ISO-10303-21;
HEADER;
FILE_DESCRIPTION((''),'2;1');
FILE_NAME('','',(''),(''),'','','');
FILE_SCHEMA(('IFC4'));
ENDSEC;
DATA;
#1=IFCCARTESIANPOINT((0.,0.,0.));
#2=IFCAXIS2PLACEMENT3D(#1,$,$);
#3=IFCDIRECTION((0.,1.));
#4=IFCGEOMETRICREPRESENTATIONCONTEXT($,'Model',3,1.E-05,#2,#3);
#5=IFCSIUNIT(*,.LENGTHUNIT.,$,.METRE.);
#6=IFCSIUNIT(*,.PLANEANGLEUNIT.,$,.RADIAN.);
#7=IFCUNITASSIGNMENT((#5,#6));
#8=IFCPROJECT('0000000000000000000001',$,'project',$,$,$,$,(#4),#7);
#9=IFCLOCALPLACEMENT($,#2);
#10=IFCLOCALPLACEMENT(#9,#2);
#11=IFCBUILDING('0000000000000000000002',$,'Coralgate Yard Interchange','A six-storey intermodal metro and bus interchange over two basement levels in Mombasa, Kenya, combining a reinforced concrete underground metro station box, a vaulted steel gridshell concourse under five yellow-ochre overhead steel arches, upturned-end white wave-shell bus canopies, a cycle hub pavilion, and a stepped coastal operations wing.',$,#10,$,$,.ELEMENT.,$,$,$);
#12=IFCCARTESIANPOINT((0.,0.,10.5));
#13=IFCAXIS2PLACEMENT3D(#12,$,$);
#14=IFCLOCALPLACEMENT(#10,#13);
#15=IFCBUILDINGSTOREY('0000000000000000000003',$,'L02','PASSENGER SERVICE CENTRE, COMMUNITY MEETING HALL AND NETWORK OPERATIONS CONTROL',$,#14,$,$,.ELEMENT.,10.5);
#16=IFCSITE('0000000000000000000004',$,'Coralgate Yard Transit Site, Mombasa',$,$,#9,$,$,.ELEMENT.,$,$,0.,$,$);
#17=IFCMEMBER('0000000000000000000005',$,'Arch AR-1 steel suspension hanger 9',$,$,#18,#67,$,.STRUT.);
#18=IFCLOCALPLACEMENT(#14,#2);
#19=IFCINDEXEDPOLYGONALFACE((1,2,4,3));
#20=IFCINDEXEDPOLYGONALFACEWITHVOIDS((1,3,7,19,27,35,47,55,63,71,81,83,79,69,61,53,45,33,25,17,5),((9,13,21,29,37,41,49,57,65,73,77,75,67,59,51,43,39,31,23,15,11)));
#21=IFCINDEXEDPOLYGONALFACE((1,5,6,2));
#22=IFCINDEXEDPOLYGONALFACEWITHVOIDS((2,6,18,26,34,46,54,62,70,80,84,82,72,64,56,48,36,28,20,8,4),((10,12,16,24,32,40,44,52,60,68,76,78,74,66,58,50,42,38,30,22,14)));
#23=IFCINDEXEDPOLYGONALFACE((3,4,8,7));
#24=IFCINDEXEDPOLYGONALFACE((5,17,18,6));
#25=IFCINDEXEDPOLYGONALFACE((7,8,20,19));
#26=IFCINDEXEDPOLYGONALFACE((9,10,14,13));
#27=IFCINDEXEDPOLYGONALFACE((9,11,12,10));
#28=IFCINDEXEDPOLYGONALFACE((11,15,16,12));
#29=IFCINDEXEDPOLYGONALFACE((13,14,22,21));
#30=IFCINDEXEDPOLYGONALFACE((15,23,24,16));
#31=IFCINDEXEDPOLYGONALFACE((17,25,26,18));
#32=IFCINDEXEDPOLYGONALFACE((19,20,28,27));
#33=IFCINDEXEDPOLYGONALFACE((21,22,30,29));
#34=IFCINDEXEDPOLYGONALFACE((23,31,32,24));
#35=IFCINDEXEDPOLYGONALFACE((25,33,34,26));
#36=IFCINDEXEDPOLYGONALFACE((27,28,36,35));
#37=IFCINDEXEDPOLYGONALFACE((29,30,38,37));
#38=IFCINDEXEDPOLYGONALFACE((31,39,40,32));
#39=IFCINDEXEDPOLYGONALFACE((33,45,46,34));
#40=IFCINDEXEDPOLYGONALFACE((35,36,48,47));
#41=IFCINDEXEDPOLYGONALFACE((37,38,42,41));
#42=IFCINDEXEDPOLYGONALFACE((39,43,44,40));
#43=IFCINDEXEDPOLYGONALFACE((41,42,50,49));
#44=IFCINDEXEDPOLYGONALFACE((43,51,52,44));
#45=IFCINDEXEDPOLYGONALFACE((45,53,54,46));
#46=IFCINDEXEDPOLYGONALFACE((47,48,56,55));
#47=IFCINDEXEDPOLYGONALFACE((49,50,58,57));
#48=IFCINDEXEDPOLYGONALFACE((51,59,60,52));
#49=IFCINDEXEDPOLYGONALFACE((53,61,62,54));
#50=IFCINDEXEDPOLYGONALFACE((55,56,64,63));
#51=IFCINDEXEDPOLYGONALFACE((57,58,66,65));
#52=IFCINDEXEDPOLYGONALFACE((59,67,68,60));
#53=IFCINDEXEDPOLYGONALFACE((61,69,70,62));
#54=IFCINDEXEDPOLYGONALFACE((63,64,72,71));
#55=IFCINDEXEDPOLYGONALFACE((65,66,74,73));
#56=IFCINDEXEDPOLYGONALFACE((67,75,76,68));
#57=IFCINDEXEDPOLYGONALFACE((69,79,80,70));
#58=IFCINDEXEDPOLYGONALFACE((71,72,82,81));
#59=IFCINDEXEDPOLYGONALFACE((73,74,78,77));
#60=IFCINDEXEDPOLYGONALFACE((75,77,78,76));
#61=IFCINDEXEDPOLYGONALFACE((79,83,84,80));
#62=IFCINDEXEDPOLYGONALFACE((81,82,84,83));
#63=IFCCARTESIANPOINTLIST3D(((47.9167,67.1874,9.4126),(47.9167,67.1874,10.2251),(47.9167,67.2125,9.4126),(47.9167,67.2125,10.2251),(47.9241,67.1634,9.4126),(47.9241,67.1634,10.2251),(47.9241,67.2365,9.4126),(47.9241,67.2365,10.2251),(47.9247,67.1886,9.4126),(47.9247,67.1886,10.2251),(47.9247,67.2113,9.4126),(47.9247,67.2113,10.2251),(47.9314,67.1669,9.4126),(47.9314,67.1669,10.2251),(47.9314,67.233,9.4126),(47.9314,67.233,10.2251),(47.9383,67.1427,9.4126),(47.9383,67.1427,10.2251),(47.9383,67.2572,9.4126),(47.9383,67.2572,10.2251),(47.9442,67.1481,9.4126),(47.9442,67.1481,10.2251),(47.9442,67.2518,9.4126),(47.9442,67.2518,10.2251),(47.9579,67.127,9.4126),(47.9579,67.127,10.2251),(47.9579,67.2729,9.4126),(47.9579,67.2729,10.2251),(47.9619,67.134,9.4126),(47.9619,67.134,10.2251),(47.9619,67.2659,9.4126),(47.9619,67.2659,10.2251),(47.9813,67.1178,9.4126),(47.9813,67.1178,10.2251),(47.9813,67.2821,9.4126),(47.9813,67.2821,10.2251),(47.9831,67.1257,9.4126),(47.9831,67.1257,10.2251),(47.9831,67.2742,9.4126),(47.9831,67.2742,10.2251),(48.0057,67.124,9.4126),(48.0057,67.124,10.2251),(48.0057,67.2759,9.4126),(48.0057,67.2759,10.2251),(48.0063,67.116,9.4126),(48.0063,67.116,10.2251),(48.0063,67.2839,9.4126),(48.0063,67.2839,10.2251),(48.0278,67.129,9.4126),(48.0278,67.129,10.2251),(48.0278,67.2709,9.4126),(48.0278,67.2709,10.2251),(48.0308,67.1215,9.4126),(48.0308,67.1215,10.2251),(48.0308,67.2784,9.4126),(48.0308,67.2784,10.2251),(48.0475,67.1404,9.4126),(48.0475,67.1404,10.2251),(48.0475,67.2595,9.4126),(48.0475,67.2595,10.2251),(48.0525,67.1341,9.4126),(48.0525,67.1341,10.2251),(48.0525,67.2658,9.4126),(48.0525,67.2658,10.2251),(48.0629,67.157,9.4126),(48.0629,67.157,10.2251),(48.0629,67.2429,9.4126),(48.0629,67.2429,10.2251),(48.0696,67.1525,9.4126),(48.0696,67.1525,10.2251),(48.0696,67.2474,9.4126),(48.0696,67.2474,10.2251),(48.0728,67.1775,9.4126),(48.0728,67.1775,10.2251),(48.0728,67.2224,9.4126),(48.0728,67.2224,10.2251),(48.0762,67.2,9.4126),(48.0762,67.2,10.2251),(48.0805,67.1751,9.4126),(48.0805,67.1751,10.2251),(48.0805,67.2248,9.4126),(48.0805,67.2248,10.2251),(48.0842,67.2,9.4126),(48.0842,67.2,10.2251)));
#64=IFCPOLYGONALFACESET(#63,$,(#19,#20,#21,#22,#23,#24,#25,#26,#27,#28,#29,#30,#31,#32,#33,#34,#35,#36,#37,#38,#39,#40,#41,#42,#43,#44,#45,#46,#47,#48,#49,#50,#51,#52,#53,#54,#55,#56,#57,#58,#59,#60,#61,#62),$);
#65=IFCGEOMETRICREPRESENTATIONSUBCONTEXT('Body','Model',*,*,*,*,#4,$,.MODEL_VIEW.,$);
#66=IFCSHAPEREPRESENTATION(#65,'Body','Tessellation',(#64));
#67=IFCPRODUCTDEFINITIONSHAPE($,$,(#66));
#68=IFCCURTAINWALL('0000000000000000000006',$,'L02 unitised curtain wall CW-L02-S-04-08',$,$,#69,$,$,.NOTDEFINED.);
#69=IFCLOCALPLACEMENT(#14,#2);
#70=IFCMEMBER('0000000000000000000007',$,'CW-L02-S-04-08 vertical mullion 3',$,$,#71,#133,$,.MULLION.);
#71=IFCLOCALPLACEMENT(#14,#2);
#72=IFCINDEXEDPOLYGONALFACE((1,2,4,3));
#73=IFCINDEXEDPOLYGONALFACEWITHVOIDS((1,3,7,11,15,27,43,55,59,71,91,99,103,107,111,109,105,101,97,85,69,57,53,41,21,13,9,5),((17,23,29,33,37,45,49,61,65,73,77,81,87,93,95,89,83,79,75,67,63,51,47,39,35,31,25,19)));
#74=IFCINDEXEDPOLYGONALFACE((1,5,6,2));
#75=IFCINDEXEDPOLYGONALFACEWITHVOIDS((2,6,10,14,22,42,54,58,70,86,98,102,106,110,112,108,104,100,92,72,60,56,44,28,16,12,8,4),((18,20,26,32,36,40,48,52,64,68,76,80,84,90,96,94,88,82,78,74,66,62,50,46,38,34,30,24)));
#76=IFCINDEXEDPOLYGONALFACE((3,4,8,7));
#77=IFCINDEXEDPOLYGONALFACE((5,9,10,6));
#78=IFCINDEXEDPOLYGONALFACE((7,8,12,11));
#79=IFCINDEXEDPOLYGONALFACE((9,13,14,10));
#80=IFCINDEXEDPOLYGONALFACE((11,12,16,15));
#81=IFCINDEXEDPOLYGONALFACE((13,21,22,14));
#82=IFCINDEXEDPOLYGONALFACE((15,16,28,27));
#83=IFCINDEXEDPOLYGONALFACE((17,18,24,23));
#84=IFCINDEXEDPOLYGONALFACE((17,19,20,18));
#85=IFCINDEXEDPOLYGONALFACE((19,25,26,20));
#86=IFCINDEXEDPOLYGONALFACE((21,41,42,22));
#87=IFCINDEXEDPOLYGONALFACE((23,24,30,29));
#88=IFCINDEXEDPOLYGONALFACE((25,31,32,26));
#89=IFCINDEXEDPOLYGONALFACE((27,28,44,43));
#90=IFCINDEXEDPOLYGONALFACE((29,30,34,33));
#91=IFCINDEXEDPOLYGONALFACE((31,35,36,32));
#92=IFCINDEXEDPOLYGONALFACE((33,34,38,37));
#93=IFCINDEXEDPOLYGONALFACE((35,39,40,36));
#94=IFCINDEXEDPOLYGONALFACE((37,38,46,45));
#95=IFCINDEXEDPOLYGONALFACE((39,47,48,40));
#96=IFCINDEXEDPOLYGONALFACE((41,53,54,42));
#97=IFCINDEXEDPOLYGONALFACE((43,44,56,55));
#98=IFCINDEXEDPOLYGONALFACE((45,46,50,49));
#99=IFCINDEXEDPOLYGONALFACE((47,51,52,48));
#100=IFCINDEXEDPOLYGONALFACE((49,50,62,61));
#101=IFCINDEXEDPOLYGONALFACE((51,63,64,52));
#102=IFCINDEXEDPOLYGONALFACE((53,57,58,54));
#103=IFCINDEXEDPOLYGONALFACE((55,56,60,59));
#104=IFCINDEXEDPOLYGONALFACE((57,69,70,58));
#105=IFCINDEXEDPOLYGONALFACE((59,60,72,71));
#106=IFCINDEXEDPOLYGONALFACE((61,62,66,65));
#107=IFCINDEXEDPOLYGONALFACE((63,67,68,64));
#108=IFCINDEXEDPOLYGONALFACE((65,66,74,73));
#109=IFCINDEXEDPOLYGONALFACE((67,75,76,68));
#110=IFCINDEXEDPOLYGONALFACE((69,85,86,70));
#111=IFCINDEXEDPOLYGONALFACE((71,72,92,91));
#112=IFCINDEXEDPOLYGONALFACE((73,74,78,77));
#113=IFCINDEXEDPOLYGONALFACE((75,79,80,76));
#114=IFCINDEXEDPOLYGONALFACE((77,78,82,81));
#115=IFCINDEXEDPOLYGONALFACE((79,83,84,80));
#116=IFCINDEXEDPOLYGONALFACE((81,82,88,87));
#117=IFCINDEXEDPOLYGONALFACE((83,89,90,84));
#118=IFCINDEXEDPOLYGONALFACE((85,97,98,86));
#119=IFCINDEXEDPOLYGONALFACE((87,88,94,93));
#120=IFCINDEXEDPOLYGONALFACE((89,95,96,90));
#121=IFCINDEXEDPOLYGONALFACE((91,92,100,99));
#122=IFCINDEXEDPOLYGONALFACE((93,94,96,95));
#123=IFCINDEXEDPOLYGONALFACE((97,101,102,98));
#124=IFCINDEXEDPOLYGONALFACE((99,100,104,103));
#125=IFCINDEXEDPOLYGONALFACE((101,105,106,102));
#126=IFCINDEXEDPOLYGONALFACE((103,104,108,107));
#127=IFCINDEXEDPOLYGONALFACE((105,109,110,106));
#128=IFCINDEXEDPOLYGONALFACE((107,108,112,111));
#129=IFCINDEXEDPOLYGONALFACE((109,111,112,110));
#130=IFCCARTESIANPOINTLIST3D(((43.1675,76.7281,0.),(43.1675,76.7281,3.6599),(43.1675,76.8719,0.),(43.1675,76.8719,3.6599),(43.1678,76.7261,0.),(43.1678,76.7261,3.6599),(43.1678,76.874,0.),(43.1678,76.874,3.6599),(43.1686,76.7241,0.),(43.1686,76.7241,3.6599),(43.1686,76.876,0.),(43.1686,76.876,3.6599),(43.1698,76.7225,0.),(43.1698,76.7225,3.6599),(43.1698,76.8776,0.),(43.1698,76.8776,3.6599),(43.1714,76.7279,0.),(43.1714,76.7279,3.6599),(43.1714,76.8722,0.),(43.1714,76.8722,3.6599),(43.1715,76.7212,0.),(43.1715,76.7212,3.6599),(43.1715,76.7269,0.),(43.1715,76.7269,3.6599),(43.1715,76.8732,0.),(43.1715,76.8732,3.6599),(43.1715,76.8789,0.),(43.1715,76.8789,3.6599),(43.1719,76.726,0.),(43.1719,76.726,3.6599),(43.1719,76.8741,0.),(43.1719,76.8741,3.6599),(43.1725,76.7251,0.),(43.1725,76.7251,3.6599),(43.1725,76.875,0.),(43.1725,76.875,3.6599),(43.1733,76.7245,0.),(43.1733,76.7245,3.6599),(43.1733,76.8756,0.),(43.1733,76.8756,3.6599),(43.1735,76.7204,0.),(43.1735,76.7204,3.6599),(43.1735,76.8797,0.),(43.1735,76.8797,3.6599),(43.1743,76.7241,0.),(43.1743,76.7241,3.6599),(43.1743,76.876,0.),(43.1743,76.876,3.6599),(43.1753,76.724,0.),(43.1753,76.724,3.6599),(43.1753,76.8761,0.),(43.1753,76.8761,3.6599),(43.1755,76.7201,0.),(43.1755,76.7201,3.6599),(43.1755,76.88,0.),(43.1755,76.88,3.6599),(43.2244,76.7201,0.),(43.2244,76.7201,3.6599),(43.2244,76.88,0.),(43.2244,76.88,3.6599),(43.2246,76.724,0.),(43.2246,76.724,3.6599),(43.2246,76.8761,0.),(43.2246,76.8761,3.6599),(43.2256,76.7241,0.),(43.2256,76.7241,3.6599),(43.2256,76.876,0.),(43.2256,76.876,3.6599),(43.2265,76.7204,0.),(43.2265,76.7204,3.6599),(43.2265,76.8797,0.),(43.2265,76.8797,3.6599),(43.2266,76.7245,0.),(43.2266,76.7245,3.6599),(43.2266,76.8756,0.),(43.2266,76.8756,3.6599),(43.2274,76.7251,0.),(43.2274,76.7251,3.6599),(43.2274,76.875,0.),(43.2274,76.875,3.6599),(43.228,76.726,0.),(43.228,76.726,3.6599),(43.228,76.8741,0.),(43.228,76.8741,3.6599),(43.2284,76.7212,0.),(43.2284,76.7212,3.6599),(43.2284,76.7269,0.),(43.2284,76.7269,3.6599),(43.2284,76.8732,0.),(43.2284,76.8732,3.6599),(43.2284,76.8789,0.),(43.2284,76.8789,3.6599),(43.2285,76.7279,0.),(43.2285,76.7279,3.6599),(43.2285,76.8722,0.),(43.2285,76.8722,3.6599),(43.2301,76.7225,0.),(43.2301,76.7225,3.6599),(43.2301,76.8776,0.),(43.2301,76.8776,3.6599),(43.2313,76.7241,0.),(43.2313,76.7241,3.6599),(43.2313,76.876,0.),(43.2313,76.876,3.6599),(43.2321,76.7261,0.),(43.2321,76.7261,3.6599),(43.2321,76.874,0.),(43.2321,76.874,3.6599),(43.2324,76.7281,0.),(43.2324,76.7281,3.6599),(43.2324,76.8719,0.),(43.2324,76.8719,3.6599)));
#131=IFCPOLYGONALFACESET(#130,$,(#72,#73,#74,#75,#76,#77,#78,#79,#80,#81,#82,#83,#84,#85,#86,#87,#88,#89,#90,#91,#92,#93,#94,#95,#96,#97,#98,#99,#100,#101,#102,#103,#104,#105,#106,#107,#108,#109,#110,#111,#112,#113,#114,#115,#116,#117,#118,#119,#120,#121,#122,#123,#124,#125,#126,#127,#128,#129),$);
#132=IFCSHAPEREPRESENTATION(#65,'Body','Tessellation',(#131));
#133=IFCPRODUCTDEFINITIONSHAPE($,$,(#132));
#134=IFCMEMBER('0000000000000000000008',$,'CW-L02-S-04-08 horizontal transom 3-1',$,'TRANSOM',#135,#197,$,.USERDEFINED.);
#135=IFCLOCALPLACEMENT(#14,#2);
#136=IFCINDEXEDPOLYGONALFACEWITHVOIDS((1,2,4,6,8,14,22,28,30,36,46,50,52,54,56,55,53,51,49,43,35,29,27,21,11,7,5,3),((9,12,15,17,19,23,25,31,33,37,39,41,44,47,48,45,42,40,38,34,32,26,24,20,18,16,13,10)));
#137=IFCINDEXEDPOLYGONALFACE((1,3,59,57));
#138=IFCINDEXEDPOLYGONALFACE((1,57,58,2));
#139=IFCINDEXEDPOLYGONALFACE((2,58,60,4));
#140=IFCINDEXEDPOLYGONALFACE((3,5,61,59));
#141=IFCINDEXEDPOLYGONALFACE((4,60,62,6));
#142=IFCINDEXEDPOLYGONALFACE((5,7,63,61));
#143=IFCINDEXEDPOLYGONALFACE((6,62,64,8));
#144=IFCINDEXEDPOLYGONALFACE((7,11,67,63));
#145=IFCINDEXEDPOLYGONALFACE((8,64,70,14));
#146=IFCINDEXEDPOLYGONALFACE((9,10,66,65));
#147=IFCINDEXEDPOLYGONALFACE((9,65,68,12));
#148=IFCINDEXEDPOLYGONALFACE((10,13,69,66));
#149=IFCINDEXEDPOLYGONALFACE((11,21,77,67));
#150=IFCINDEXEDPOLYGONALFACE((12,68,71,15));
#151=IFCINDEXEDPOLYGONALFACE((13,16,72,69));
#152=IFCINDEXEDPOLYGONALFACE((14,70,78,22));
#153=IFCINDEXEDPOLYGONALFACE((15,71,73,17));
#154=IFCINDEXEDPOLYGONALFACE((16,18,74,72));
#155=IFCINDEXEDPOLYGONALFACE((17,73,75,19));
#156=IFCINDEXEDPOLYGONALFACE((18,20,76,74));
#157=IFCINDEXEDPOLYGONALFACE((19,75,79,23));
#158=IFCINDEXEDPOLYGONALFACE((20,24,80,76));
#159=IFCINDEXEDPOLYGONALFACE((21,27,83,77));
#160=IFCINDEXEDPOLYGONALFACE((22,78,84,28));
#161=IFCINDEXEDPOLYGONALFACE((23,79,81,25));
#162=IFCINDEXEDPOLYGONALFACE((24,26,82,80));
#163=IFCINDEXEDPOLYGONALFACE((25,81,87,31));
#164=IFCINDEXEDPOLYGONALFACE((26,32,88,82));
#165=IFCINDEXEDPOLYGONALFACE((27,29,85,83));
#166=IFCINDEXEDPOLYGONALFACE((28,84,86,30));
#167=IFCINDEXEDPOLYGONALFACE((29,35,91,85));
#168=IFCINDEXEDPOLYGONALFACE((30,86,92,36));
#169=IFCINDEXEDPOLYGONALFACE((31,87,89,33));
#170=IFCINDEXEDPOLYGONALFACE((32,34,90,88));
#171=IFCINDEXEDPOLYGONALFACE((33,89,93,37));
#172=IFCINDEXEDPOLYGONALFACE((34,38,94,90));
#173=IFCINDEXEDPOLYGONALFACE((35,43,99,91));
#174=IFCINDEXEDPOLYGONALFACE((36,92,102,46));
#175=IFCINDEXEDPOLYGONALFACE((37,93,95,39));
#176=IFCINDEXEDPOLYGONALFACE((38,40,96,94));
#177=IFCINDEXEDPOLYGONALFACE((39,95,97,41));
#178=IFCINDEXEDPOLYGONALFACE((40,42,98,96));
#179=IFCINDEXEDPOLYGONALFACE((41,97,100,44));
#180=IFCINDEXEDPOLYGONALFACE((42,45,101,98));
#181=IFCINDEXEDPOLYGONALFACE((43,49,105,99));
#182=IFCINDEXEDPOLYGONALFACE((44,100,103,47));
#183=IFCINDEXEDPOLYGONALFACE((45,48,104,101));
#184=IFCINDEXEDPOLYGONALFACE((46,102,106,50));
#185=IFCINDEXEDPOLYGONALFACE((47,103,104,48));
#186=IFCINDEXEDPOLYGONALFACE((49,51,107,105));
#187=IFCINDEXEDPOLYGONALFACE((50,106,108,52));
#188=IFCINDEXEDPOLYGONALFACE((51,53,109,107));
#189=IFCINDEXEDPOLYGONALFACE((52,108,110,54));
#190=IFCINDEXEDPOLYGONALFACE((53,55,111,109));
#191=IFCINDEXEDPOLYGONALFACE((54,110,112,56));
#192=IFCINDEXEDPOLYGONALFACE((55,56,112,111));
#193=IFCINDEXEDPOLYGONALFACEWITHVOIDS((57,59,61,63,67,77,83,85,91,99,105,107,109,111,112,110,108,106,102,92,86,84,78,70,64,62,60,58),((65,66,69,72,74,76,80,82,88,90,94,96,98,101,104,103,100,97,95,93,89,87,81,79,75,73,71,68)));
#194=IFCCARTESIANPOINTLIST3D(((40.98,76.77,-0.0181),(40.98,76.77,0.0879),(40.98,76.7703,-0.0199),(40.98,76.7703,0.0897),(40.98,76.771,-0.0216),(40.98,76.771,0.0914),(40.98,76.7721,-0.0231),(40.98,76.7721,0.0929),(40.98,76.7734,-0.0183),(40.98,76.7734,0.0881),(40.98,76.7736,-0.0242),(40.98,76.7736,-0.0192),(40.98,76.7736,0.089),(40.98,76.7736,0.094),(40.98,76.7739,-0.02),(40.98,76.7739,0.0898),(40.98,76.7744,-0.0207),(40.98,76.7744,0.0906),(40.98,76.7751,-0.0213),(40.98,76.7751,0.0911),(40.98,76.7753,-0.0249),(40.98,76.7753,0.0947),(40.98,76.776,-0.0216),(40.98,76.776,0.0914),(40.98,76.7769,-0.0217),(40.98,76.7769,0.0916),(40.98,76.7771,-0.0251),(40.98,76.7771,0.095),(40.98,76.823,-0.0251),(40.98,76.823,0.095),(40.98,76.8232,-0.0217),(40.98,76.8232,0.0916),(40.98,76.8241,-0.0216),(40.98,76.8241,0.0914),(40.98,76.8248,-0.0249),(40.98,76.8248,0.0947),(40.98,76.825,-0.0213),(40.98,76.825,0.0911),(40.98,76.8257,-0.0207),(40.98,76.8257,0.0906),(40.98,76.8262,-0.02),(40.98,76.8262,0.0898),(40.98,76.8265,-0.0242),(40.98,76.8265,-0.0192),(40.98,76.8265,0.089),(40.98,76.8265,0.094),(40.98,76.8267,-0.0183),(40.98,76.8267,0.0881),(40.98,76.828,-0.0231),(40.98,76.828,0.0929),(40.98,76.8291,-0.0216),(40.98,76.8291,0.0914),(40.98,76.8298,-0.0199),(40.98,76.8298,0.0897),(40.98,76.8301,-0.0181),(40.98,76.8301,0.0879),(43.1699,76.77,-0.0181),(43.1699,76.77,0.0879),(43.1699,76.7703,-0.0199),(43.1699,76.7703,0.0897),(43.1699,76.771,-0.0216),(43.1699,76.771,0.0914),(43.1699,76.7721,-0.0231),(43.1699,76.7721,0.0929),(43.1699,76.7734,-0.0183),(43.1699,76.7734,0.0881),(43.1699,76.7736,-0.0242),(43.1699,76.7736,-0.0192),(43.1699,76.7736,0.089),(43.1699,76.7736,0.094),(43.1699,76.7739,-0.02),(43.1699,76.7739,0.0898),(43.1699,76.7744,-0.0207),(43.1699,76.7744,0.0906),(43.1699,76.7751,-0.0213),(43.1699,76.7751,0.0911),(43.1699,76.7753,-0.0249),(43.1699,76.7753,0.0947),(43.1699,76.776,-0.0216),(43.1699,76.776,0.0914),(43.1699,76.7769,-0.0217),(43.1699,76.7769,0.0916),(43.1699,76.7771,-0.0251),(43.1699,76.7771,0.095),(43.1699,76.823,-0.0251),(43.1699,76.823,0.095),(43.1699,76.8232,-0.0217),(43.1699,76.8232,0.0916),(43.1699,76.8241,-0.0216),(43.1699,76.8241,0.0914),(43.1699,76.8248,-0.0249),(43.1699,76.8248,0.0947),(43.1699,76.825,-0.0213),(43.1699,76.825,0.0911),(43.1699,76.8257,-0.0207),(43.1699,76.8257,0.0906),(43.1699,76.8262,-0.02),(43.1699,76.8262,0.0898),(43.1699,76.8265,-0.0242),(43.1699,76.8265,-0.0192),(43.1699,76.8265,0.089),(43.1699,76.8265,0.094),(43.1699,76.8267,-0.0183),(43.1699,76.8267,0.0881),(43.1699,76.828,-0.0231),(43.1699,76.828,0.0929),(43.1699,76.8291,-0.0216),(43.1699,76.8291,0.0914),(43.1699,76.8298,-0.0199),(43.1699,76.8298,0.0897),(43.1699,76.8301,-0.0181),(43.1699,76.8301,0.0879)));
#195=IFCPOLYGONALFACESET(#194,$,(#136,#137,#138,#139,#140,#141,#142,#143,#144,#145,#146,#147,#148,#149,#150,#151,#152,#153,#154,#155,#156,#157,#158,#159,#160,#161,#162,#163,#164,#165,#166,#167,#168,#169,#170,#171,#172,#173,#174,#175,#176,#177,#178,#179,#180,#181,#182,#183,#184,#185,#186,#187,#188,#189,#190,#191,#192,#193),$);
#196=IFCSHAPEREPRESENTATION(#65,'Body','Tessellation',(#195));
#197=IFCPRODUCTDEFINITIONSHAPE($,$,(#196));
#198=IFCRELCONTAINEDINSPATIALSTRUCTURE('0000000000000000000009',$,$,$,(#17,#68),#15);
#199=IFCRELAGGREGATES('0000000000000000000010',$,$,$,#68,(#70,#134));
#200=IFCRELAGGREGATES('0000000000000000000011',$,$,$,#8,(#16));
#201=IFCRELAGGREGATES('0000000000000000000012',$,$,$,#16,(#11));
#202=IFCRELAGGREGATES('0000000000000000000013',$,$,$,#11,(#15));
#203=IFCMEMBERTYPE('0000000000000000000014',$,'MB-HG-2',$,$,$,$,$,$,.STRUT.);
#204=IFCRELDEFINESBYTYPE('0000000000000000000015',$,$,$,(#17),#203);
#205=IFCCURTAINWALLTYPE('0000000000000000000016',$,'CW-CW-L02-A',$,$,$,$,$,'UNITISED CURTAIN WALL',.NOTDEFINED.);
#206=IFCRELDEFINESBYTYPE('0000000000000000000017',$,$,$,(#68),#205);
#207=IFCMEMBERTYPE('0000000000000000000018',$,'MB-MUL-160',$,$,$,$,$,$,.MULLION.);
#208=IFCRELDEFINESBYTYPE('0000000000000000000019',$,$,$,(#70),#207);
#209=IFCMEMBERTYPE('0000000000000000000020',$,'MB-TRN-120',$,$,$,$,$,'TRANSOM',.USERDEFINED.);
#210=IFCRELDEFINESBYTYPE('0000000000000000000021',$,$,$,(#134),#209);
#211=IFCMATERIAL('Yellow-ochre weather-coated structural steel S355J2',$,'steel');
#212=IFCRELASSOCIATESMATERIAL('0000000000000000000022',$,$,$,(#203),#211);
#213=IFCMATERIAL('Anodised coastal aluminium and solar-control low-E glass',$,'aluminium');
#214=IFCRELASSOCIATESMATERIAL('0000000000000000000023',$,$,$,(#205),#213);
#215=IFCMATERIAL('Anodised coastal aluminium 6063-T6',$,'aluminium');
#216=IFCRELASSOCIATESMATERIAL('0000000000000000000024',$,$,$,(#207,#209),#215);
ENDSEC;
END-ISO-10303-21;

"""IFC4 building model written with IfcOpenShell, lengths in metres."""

from ifc_helpers import new_model, si_unit, direction, frame, origin, origin_2d, place, context, subcontext, project, spatial, hollow_rectangle, hollow_circle, extrude, material, material_profile, profile_set, type_object, element, aggregate, save


model = new_model("IFC4")

# Units and contexts
model_context = context("Model", 3, precision=1e-05, world=origin(), true_north=direction((0.0, 1.0)))
body_context = subcontext(model_context, "Body", "Model", "MODEL_VIEW")
ifc_project = project(units=[si_unit("LENGTHUNIT", "METRE"), si_unit("PLANEANGLEUNIT", "RADIAN")], contexts=[model_context])

# Site, building, storey
site_placement = place(None, origin())
site = spatial("IfcSite", under=ifc_project, at=site_placement, Name="Coralgate Yard Transit Site, Mombasa", CompositionType="ELEMENT", RefElevation=0.0)
building_placement = place(site_placement, origin())
building = spatial("IfcBuilding", under=site, at=building_placement, Name="Coralgate Yard Interchange", Description="A six-storey intermodal metro and bus interchange over two basement levels in Mombasa, Kenya, combining a reinforced concrete underground metro station box, a vaulted steel gridshell concourse under five yellow-ochre overhead steel arches, upturned-end white wave-shell bus canopies, a cycle hub pavilion, and a stepped coastal operations wing.", CompositionType="ELEMENT")
storey_placement = place(building_placement, frame((0.0, 0.0, 10.5)))
storey = spatial("IfcBuildingStorey", under=building, at=storey_placement, Name="L02", Description="PASSENGER SERVICE CENTRE, COMMUNITY MEETING HALL AND NETWORK OPERATIONS CONTROL", CompositionType="ELEMENT", Elevation=10.5)

# Shared definitions
ifc_material_1 = material(Name="Yellow-ochre weather-coated structural steel S355J2", Category="steel")

# Member
ifc_material_profile_1 = material_profile(ifc_material_1, hollow_circle(Radius=0.0842, WallThickness=0.0081, at=origin_2d()), Name="CHS 168.3x8")
ifc_profile_set_1 = profile_set([ifc_material_profile_1], Name="Yellow-ochre weather-coated structural steel S355J2")
member_type_1 = type_object("IfcMemberType", Name="MB-HG-2", PredefinedType="STRUT", material=ifc_profile_set_1)
member_1_placement = place(storey_placement, frame((48.0, 67.2, 9.4126), z_axis=(0.0, 0.0, 1.0), x_axis=(1.0, 0.0, 0.0)))
element("IfcMember", 1, at=member_1_placement, inside=storey, type_object=member_type_1, Name="Arch AR-1 steel suspension hanger 9", PredefinedType="STRUT", context=body_context, shape_type="SweptSolid", body=[
    extrude(hollow_circle(Radius=0.0842, WallThickness=0.0081, at=origin_2d()), origin(), (0.0, 0.0, 1.0), 0.8125),
])

# Curtain wall, members
ifc_material_2 = material(Name="Anodised coastal aluminium and solar-control low-E glass", Category="aluminium")
curtain_wall_type = type_object("IfcCurtainWallType", Name="CW-CW-L02-A", ElementType="UNITISED CURTAIN WALL", PredefinedType="NOTDEFINED", material=ifc_material_2)
curtain_wall_placement = place(storey_placement, origin())
curtain_wall = element("IfcCurtainWall", 2, at=curtain_wall_placement, inside=storey, type_object=curtain_wall_type, Name="L02 unitised curtain wall CW-L02-S-04-08", PredefinedType="NOTDEFINED")
ifc_material_3 = material(Name="Anodised coastal aluminium 6063-T6", Category="aluminium")
ifc_material_profile_2 = material_profile(ifc_material_3, hollow_rectangle(XDim=0.0649, YDim=0.1599, WallThickness=0.0039, InnerFilletRadius=0.0039, OuterFilletRadius=0.0081, at=origin_2d()), Name="ALU 65x160x4")
ifc_profile_set_2 = profile_set([ifc_material_profile_2], Name="Anodised coastal aluminium 6063-T6")
member_type_2 = type_object("IfcMemberType", Name="MB-MUL-160", PredefinedType="MULLION", material=ifc_profile_set_2)
member_2_placement = place(storey_placement, frame((43.2, 76.8, 0.0), z_axis=(0.0, 0.0, 1.0), x_axis=(1.0, 0.0, 0.0)))
member_2 = element("IfcMember", 3, at=member_2_placement, type_object=member_type_2, Name="CW-L02-S-04-08 vertical mullion 3", PredefinedType="MULLION", context=body_context, shape_type="SweptSolid", body=[
    extrude(hollow_rectangle(XDim=0.0649, YDim=0.1599, WallThickness=0.0039, InnerFilletRadius=0.0039, OuterFilletRadius=0.0081, at=origin_2d()), origin(), (0.0, 0.0, 1.0), 3.6599),
])
ifc_material_profile_3 = material_profile(ifc_material_3, hollow_rectangle(XDim=0.0601, YDim=0.1201, WallThickness=0.0034, InnerFilletRadius=0.0034, OuterFilletRadius=0.0071, at=origin_2d()), Name="ALU 60x120x3.5")
ifc_profile_set_3 = profile_set([ifc_material_profile_3], Name="Anodised coastal aluminium 6063-T6")
member_type_3 = type_object("IfcMemberType", Name="MB-TRN-120", ElementType="TRANSOM", PredefinedType="USERDEFINED", material=ifc_profile_set_3)
member_3_placement = place(storey_placement, frame((43.1699, 76.8, 0.0349), z_axis=(-1.0, 0.0, 0.0), x_axis=(0.0, -1.0, 0.0)))
member_3 = element("IfcMember", 4, at=member_3_placement, type_object=member_type_3, Name="CW-L02-S-04-08 horizontal transom 3-1", ObjectType="TRANSOM", PredefinedType="USERDEFINED", context=body_context, shape_type="SweptSolid", body=[
    extrude(hollow_rectangle(XDim=0.0601, YDim=0.1201, WallThickness=0.0034, InnerFilletRadius=0.0034, OuterFilletRadius=0.0071, at=origin_2d()), origin(), (0.0, 0.0, 1.0), 2.1899),
])
aggregate(curtain_wall, [member_2, member_3])

save(model, "model.ifc")
